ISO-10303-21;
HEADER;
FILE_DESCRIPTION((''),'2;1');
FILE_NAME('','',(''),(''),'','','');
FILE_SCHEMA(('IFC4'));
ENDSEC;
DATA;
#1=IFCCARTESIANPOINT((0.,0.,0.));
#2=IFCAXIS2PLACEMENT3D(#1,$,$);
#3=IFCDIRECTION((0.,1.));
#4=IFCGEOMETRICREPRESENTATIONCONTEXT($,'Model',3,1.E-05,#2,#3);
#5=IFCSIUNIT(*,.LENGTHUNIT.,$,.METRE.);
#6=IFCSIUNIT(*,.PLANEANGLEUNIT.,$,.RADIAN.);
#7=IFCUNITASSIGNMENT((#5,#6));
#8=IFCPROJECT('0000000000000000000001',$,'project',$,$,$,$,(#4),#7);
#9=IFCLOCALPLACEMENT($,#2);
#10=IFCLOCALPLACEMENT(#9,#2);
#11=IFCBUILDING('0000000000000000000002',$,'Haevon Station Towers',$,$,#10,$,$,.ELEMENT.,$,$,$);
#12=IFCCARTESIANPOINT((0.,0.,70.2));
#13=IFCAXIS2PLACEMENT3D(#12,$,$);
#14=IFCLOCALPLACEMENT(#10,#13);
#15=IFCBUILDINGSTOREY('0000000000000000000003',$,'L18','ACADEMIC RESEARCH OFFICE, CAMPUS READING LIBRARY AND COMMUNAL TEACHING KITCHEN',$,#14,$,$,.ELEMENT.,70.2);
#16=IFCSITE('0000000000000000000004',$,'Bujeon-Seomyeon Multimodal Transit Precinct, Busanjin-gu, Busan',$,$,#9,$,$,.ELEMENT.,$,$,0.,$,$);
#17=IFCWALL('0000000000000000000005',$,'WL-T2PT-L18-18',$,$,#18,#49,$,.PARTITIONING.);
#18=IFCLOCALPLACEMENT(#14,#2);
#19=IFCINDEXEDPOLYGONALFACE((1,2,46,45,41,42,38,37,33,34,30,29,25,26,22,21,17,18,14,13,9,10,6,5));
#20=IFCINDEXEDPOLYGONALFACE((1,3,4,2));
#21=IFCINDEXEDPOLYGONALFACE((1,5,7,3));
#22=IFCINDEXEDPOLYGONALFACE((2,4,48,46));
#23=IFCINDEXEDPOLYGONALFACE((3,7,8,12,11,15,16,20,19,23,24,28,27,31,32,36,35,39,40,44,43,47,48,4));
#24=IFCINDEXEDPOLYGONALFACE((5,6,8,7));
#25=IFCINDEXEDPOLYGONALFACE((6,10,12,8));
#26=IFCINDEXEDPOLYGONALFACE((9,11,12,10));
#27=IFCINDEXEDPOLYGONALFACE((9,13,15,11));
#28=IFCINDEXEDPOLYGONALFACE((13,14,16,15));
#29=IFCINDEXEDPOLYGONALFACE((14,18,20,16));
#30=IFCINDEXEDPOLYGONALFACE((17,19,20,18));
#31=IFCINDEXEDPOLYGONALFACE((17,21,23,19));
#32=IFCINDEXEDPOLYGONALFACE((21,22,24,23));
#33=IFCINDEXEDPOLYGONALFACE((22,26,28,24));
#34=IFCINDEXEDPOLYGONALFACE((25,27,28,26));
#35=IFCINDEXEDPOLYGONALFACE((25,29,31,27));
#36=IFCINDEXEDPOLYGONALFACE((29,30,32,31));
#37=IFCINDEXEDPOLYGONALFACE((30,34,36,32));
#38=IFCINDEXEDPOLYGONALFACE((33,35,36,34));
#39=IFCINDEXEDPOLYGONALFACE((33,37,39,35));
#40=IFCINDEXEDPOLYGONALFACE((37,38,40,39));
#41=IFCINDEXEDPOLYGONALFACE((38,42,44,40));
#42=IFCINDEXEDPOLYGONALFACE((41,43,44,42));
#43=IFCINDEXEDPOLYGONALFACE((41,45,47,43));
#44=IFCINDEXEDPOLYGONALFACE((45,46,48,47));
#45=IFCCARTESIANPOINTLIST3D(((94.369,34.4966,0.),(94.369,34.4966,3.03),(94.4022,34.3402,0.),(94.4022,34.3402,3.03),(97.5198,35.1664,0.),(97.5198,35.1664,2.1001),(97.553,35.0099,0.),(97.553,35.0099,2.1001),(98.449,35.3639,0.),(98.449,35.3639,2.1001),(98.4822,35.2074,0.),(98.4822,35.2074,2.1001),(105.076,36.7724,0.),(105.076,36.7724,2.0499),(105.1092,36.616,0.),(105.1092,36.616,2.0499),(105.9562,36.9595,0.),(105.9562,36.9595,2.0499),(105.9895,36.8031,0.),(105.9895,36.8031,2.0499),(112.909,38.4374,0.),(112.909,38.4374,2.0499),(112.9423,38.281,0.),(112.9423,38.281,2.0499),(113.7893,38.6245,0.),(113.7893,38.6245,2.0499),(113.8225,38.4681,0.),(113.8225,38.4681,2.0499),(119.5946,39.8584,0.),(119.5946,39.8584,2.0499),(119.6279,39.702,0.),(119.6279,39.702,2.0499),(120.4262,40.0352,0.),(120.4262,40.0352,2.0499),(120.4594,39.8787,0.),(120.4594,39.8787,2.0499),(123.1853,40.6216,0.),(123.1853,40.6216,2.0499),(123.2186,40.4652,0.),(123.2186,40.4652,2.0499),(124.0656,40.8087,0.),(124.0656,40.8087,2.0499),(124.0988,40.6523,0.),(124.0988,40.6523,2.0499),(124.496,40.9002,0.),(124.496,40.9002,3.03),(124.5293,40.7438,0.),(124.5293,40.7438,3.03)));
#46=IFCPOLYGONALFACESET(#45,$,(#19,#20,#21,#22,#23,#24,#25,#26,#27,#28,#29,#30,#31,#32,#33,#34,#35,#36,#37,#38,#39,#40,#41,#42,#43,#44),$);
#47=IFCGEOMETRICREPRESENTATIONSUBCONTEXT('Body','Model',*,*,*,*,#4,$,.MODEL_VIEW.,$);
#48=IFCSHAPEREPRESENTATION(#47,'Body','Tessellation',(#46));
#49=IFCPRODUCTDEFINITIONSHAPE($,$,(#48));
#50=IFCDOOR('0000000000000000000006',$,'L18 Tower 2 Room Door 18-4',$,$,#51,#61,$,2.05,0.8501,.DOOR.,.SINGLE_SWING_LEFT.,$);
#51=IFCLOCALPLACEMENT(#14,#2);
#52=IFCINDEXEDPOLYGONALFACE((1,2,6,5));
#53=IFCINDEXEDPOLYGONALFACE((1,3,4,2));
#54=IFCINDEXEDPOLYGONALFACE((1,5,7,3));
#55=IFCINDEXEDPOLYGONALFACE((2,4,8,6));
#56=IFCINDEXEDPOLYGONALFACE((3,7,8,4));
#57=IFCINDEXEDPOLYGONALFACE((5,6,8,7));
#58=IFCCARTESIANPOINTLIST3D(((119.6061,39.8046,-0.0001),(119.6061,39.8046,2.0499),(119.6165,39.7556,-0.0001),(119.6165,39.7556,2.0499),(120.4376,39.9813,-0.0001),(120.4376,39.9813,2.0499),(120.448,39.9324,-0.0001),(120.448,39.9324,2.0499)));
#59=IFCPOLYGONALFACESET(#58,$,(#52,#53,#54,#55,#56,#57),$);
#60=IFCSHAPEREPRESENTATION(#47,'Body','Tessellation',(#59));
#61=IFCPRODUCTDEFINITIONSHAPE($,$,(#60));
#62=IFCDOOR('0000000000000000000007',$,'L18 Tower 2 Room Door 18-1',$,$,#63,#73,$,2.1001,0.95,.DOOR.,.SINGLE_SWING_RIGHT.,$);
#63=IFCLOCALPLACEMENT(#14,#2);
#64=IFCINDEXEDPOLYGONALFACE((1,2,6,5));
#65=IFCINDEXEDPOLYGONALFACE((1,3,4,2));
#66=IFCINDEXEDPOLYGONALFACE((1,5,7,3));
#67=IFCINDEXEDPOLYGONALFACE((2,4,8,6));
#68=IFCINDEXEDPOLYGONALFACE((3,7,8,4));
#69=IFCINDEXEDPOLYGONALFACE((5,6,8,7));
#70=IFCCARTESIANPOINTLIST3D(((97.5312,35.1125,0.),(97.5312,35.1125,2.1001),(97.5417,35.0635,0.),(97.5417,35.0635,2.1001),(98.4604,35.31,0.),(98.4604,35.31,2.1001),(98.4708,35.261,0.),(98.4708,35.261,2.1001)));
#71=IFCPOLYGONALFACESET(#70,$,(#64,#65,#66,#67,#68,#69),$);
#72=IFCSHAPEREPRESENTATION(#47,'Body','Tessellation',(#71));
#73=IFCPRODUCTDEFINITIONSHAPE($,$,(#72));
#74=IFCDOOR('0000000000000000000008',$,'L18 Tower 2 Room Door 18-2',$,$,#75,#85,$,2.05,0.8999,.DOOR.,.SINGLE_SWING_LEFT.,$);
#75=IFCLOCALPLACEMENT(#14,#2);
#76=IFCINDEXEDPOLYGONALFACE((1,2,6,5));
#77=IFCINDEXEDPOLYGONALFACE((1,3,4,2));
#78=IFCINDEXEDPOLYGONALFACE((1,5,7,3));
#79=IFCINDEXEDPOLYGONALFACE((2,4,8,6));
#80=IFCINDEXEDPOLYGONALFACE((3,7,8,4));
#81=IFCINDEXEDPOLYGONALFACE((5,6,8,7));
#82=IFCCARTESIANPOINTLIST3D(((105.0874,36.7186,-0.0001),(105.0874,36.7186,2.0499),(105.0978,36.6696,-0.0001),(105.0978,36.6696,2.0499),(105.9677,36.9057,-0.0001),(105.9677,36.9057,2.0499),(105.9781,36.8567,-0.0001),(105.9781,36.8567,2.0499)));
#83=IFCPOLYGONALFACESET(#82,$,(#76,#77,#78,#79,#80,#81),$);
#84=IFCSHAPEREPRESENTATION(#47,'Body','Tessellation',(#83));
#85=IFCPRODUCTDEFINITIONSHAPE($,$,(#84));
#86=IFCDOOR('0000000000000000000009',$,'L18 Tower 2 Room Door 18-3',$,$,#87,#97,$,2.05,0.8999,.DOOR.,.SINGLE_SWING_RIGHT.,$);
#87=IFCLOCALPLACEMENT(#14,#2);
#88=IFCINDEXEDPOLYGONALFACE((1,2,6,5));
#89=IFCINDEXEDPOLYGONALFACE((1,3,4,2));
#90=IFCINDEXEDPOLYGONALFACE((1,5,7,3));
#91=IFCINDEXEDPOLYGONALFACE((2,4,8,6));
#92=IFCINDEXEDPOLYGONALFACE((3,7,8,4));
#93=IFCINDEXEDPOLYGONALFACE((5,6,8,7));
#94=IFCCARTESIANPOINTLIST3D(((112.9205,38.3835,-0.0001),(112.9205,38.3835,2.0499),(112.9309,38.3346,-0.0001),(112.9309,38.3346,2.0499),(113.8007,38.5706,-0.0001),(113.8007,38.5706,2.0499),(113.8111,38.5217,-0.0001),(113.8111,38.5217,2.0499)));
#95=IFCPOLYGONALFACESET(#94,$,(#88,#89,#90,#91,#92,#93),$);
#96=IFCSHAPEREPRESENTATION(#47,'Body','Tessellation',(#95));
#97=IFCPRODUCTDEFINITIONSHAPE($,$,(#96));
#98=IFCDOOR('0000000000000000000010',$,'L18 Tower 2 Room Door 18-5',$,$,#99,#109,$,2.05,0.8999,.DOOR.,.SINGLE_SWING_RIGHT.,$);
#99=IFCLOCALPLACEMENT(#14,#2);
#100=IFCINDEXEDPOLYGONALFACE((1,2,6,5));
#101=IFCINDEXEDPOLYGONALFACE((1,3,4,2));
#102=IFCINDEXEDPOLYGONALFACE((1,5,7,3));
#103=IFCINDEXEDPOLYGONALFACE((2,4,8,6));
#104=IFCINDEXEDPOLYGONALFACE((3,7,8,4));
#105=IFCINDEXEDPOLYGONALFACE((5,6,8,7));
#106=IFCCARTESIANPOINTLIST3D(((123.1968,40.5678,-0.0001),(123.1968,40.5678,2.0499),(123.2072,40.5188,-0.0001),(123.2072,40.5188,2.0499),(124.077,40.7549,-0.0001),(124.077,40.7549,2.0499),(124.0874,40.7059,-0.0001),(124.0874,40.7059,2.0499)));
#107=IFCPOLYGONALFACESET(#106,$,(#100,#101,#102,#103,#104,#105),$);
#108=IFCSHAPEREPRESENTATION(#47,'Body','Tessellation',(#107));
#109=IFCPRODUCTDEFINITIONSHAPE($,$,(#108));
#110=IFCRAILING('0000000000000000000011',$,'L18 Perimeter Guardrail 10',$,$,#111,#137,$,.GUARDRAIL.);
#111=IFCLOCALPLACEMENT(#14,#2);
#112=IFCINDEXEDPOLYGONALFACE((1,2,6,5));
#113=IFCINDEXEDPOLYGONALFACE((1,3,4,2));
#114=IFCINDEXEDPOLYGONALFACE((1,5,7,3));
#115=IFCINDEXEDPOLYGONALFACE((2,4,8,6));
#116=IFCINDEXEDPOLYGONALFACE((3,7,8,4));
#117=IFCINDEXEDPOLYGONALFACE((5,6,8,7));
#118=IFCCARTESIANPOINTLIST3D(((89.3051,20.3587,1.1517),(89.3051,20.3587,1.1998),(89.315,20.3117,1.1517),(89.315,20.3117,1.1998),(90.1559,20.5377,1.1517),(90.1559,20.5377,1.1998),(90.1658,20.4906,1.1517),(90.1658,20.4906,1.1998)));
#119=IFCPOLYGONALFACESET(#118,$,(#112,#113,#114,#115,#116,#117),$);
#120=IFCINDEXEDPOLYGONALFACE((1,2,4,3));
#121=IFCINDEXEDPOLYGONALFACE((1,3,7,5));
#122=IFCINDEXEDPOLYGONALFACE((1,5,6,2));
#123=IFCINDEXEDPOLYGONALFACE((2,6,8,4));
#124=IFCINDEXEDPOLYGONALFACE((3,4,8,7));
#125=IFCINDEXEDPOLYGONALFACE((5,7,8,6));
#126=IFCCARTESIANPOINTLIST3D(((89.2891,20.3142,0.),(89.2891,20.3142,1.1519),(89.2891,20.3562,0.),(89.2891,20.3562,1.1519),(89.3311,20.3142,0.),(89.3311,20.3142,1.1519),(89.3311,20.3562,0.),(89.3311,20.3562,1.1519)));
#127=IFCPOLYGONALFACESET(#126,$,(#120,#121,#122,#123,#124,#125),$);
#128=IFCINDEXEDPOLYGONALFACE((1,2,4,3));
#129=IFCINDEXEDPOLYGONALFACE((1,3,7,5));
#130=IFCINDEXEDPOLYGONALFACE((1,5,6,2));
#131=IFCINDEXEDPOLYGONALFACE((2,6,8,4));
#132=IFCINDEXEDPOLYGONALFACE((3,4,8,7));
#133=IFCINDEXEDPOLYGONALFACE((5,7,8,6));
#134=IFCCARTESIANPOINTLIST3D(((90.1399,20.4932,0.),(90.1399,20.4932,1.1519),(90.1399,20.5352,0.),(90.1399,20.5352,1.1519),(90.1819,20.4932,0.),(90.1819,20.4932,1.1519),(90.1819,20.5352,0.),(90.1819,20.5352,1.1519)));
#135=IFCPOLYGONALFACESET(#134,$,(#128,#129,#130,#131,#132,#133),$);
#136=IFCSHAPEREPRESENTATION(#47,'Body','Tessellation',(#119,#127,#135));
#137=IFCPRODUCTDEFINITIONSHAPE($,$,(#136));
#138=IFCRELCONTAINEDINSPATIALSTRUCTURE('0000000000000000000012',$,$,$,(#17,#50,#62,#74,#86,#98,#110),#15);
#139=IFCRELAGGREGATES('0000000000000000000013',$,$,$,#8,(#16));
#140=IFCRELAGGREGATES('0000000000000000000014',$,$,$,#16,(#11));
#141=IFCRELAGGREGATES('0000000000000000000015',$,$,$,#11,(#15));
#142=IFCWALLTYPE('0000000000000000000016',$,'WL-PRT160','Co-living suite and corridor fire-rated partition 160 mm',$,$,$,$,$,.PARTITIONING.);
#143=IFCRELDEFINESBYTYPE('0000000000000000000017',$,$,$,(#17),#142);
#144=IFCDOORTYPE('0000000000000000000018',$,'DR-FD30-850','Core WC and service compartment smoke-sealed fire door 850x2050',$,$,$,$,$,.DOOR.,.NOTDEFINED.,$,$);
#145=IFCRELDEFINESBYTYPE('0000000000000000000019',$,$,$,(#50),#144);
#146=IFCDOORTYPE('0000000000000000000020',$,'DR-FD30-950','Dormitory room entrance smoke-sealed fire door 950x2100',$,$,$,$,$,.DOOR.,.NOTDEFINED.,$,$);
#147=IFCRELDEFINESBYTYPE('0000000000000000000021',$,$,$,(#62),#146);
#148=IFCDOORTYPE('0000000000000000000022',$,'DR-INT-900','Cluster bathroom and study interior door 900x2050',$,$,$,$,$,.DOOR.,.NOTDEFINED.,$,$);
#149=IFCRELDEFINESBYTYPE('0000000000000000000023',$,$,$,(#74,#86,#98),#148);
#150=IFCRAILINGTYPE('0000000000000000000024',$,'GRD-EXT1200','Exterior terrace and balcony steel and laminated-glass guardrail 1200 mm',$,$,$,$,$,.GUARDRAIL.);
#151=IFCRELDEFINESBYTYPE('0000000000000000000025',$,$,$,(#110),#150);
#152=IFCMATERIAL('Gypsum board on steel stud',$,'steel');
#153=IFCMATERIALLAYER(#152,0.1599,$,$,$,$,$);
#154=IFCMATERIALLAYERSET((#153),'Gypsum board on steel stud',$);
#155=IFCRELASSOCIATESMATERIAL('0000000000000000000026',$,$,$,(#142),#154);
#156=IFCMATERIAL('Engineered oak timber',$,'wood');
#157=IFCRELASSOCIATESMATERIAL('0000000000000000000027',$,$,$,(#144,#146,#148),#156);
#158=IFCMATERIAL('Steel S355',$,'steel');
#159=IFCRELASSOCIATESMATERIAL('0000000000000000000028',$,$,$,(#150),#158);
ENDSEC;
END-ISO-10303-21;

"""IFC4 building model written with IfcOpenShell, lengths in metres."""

from ifc_helpers import new_model, si_unit, direction, frame, frame_2d, origin, origin_2d, place, context, subcontext, project, spatial, rectangle, extrude, material, layer, layer_set, type_object, element, fill, save


model = new_model("IFC4")

# Units and contexts
model_context = context("Model", 3, precision=1e-05, world=origin(), true_north=direction((0.0, 1.0)))
body_context = subcontext(model_context, "Body", "Model", "MODEL_VIEW")
ifc_project = project(units=[si_unit("LENGTHUNIT", "METRE"), si_unit("PLANEANGLEUNIT", "RADIAN")], contexts=[model_context])

# Site, building, storey
site_placement = place(None, origin())
site = spatial("IfcSite", under=ifc_project, at=site_placement, Name="Bujeon-Seomyeon Multimodal Transit Precinct, Busanjin-gu, Busan", CompositionType="ELEMENT", RefElevation=0.0)
building_placement = place(site_placement, origin())
building = spatial("IfcBuilding", under=site, at=building_placement, Name="Haevon Station Towers", CompositionType="ELEMENT")
storey_placement = place(building_placement, frame((0.0, 0.0, 70.2)))
storey = spatial("IfcBuildingStorey", under=building, at=storey_placement, Name="L18", Description="ACADEMIC RESEARCH OFFICE, CAMPUS READING LIBRARY AND COMMUNAL TEACHING KITCHEN", CompositionType="ELEMENT", Elevation=70.2)

# Shared definitions
ifc_material_1 = material(Name="Steel S355", Category="steel")

# Shared definitions
ifc_material_2 = material(Name="Gypsum board on steel stud", Category="steel")
ifc_layer = layer(ifc_material_2, 0.1599)
ifc_layer_set = layer_set([ifc_layer], Name="Gypsum board on steel stud")
wall_type = type_object("IfcWallType", Name="WL-PRT160", Description="Co-living suite and corridor fire-rated partition 160 mm", PredefinedType="PARTITIONING", material=ifc_layer_set)

# Wall, openings, doors
wall_1_placement = place(storey_placement, frame((94.3857, 34.4185, 0.0), z_axis=(0.0, 0.0, 1.0), x_axis=(0.978148, 0.207908, 0.0)))
wall_1 = element("IfcWall", 1, at=wall_1_placement, inside=storey, type_object=wall_type, Name="WL-T2PT-L18-18", PredefinedType="PARTITIONING", context=body_context, shape_type="SweptSolid", body=[
    extrude(rectangle(XDim=30.8, YDim=0.1599, at=frame_2d((15.3999, 0.0))), origin(), (0.0, 0.0, 1.0), 3.03),
])
opening_1_placement = place(wall_1_placement, frame((3.2209, 0.0, 0.0)))
opening_1 = element("IfcOpeningElement", 2, at=opening_1_placement, cuts=wall_1, PredefinedType="OPENING", context=body_context, shape_type="SweptSolid", body=[
    extrude(rectangle(XDim=0.95, YDim=2.1001, at=frame_2d((0.4751, 1.05))), frame((0.0, 0.0898, 0.0), z_axis=(0.0, -1.0, 0.0), x_axis=(1.0, 0.0, 0.0)), (0.0, 0.0, 1.0), 0.1799),
])
opening_2_placement = place(wall_1_placement, frame((10.946, 0.0, 0.0)))
opening_2 = element("IfcOpeningElement", 3, at=opening_2_placement, cuts=wall_1, PredefinedType="OPENING", context=body_context, shape_type="SweptSolid", body=[
    extrude(rectangle(XDim=0.8999, YDim=2.05, at=frame_2d((0.45, 1.0249))), frame((0.0, 0.0898, 0.0), z_axis=(0.0, -1.0, 0.0), x_axis=(1.0, 0.0, 0.0)), (0.0, 0.0, 1.0), 0.1799),
])
opening_3_placement = place(wall_1_placement, frame((18.9541, 0.0, 0.0)))
opening_3 = element("IfcOpeningElement", 4, at=opening_3_placement, cuts=wall_1, PredefinedType="OPENING", context=body_context, shape_type="SweptSolid", body=[
    extrude(rectangle(XDim=0.8999, YDim=2.05, at=frame_2d((0.45, 1.0249))), frame((0.0, 0.0898, 0.0), z_axis=(0.0, -1.0, 0.0), x_axis=(1.0, 0.0, 0.0)), (0.0, 0.0, 1.0), 0.1799),
])
opening_4_placement = place(wall_1_placement, frame((25.7891, 0.0, 0.0)))
opening_4 = element("IfcOpeningElement", 5, at=opening_4_placement, cuts=wall_1, PredefinedType="OPENING", context=body_context, shape_type="SweptSolid", body=[
    extrude(rectangle(XDim=0.8501, YDim=2.05, at=frame_2d((0.425, 1.0249))), frame((0.0, 0.0898, 0.0), z_axis=(0.0, -1.0, 0.0), x_axis=(1.0, 0.0, 0.0)), (0.0, 0.0, 1.0), 0.1799),
])
opening_5_placement = place(wall_1_placement, frame((29.46, 0.0, 0.0)))
opening_5 = element("IfcOpeningElement", 6, at=opening_5_placement, cuts=wall_1, PredefinedType="OPENING", context=body_context, shape_type="SweptSolid", body=[
    extrude(rectangle(XDim=0.8999, YDim=2.05, at=frame_2d((0.45, 1.0249))), frame((0.0, 0.0898, 0.0), z_axis=(0.0, -1.0, 0.0), x_axis=(1.0, 0.0, 0.0)), (0.0, 0.0, 1.0), 0.1799),
])
ifc_material_3 = material(Name="Engineered oak timber", Category="wood")
door_type_1 = type_object("IfcDoorType", Name="DR-FD30-850", Description="Core WC and service compartment smoke-sealed fire door 850x2050", OperationType="NOTDEFINED", PredefinedType="DOOR", material=ifc_material_3)
door_1_placement = place(opening_4_placement, origin())
door_1 = element("IfcDoor", 7, at=door_1_placement, inside=storey, type_object=door_type_1, Name="L18 Tower 2 Room Door 18-4", OperationType="SINGLE_SWING_LEFT", OverallHeight=2.05, OverallWidth=0.8501, PredefinedType="DOOR", context=body_context, shape_type="SweptSolid", body=[
    extrude(rectangle(XDim=0.8501, YDim=2.05, at=frame_2d((0.425, 1.0249))), frame((0.0, 0.0249, 0.0), z_axis=(0.0, -1.0, 0.0), x_axis=(1.0, 0.0, 0.0)), (0.0, 0.0, 1.0), 0.05),
])
fill(opening_4, door_1)
door_type_2 = type_object("IfcDoorType", Name="DR-FD30-950", Description="Dormitory room entrance smoke-sealed fire door 950x2100", OperationType="NOTDEFINED", PredefinedType="DOOR", material=ifc_material_3)
door_2_placement = place(opening_1_placement, origin())
door_2 = element("IfcDoor", 8, at=door_2_placement, inside=storey, type_object=door_type_2, Name="L18 Tower 2 Room Door 18-1", OperationType="SINGLE_SWING_RIGHT", OverallHeight=2.1001, OverallWidth=0.95, PredefinedType="DOOR", context=body_context, shape_type="SweptSolid", body=[
    extrude(rectangle(XDim=0.95, YDim=2.1001, at=frame_2d((0.4751, 1.05))), frame((0.0, 0.0249, 0.0), z_axis=(0.0, -1.0, 0.0), x_axis=(1.0, 0.0, 0.0)), (0.0, 0.0, 1.0), 0.05),
])
fill(opening_1, door_2)
door_type_3 = type_object("IfcDoorType", Name="DR-INT-900", Description="Cluster bathroom and study interior door 900x2050", OperationType="NOTDEFINED", PredefinedType="DOOR", material=ifc_material_3)
door_3_placement = place(opening_2_placement, origin())
door_3 = element("IfcDoor", 9, at=door_3_placement, inside=storey, type_object=door_type_3, Name="L18 Tower 2 Room Door 18-2", OperationType="SINGLE_SWING_LEFT", OverallHeight=2.05, OverallWidth=0.8999, PredefinedType="DOOR", context=body_context, shape_type="SweptSolid", body=[
    extrude(rectangle(XDim=0.8999, YDim=2.05, at=frame_2d((0.45, 1.0249))), frame((0.0, 0.0249, 0.0), z_axis=(0.0, -1.0, 0.0), x_axis=(1.0, 0.0, 0.0)), (0.0, 0.0, 1.0), 0.05),
])
fill(opening_2, door_3)
door_4_placement = place(opening_3_placement, origin())
door_4 = element("IfcDoor", 10, at=door_4_placement, inside=storey, type_object=door_type_3, Name="L18 Tower 2 Room Door 18-3", OperationType="SINGLE_SWING_RIGHT", OverallHeight=2.05, OverallWidth=0.8999, PredefinedType="DOOR", context=body_context, shape_type="SweptSolid", body=[
    extrude(rectangle(XDim=0.8999, YDim=2.05, at=frame_2d((0.45, 1.0249))), frame((0.0, 0.0249, 0.0), z_axis=(0.0, -1.0, 0.0), x_axis=(1.0, 0.0, 0.0)), (0.0, 0.0, 1.0), 0.05),
])
fill(opening_3, door_4)
door_5_placement = place(opening_5_placement, origin())
door_5 = element("IfcDoor", 11, at=door_5_placement, inside=storey, type_object=door_type_3, Name="L18 Tower 2 Room Door 18-5", OperationType="SINGLE_SWING_RIGHT", OverallHeight=2.05, OverallWidth=0.8999, PredefinedType="DOOR", context=body_context, shape_type="SweptSolid", body=[
    extrude(rectangle(XDim=0.8999, YDim=2.05, at=frame_2d((0.45, 1.0249))), frame((0.0, 0.0249, 0.0), z_axis=(0.0, -1.0, 0.0), x_axis=(1.0, 0.0, 0.0)), (0.0, 0.0, 1.0), 0.05),
])
fill(opening_5, door_5)

# Railing
railing_type = type_object("IfcRailingType", Name="GRD-EXT1200", Description="Exterior terrace and balcony steel and laminated-glass guardrail 1200 mm", PredefinedType="GUARDRAIL", material=ifc_material_1)
railing_placement = place(storey_placement, frame((89.3101, 20.3352, 0.0)))
element("IfcRailing", 12, at=railing_placement, inside=storey, type_object=railing_type, Name="L18 Perimeter Guardrail 10", PredefinedType="GUARDRAIL", context=body_context, shape_type="SweptSolid", body=[
    extrude(rectangle(XDim=0.0481, YDim=0.0481, at=origin_2d()), frame((0.0, 0.0, 1.1758), z_axis=(0.978588, 0.205827, 0.0), x_axis=(-0.205827, 0.978588, 0.0)), (0.0, 0.0, 1.0), 0.8694),
    extrude(rectangle(XDim=0.042, YDim=0.042, at=origin_2d()), origin(), (0.0, 0.0, 1.0), 1.1519),
    extrude(rectangle(XDim=0.042, YDim=0.042, at=origin_2d()), frame((0.8508, 0.179, 0.0)), (0.0, 0.0, 1.0), 1.1519),
])

save(model, "model.ifc")
